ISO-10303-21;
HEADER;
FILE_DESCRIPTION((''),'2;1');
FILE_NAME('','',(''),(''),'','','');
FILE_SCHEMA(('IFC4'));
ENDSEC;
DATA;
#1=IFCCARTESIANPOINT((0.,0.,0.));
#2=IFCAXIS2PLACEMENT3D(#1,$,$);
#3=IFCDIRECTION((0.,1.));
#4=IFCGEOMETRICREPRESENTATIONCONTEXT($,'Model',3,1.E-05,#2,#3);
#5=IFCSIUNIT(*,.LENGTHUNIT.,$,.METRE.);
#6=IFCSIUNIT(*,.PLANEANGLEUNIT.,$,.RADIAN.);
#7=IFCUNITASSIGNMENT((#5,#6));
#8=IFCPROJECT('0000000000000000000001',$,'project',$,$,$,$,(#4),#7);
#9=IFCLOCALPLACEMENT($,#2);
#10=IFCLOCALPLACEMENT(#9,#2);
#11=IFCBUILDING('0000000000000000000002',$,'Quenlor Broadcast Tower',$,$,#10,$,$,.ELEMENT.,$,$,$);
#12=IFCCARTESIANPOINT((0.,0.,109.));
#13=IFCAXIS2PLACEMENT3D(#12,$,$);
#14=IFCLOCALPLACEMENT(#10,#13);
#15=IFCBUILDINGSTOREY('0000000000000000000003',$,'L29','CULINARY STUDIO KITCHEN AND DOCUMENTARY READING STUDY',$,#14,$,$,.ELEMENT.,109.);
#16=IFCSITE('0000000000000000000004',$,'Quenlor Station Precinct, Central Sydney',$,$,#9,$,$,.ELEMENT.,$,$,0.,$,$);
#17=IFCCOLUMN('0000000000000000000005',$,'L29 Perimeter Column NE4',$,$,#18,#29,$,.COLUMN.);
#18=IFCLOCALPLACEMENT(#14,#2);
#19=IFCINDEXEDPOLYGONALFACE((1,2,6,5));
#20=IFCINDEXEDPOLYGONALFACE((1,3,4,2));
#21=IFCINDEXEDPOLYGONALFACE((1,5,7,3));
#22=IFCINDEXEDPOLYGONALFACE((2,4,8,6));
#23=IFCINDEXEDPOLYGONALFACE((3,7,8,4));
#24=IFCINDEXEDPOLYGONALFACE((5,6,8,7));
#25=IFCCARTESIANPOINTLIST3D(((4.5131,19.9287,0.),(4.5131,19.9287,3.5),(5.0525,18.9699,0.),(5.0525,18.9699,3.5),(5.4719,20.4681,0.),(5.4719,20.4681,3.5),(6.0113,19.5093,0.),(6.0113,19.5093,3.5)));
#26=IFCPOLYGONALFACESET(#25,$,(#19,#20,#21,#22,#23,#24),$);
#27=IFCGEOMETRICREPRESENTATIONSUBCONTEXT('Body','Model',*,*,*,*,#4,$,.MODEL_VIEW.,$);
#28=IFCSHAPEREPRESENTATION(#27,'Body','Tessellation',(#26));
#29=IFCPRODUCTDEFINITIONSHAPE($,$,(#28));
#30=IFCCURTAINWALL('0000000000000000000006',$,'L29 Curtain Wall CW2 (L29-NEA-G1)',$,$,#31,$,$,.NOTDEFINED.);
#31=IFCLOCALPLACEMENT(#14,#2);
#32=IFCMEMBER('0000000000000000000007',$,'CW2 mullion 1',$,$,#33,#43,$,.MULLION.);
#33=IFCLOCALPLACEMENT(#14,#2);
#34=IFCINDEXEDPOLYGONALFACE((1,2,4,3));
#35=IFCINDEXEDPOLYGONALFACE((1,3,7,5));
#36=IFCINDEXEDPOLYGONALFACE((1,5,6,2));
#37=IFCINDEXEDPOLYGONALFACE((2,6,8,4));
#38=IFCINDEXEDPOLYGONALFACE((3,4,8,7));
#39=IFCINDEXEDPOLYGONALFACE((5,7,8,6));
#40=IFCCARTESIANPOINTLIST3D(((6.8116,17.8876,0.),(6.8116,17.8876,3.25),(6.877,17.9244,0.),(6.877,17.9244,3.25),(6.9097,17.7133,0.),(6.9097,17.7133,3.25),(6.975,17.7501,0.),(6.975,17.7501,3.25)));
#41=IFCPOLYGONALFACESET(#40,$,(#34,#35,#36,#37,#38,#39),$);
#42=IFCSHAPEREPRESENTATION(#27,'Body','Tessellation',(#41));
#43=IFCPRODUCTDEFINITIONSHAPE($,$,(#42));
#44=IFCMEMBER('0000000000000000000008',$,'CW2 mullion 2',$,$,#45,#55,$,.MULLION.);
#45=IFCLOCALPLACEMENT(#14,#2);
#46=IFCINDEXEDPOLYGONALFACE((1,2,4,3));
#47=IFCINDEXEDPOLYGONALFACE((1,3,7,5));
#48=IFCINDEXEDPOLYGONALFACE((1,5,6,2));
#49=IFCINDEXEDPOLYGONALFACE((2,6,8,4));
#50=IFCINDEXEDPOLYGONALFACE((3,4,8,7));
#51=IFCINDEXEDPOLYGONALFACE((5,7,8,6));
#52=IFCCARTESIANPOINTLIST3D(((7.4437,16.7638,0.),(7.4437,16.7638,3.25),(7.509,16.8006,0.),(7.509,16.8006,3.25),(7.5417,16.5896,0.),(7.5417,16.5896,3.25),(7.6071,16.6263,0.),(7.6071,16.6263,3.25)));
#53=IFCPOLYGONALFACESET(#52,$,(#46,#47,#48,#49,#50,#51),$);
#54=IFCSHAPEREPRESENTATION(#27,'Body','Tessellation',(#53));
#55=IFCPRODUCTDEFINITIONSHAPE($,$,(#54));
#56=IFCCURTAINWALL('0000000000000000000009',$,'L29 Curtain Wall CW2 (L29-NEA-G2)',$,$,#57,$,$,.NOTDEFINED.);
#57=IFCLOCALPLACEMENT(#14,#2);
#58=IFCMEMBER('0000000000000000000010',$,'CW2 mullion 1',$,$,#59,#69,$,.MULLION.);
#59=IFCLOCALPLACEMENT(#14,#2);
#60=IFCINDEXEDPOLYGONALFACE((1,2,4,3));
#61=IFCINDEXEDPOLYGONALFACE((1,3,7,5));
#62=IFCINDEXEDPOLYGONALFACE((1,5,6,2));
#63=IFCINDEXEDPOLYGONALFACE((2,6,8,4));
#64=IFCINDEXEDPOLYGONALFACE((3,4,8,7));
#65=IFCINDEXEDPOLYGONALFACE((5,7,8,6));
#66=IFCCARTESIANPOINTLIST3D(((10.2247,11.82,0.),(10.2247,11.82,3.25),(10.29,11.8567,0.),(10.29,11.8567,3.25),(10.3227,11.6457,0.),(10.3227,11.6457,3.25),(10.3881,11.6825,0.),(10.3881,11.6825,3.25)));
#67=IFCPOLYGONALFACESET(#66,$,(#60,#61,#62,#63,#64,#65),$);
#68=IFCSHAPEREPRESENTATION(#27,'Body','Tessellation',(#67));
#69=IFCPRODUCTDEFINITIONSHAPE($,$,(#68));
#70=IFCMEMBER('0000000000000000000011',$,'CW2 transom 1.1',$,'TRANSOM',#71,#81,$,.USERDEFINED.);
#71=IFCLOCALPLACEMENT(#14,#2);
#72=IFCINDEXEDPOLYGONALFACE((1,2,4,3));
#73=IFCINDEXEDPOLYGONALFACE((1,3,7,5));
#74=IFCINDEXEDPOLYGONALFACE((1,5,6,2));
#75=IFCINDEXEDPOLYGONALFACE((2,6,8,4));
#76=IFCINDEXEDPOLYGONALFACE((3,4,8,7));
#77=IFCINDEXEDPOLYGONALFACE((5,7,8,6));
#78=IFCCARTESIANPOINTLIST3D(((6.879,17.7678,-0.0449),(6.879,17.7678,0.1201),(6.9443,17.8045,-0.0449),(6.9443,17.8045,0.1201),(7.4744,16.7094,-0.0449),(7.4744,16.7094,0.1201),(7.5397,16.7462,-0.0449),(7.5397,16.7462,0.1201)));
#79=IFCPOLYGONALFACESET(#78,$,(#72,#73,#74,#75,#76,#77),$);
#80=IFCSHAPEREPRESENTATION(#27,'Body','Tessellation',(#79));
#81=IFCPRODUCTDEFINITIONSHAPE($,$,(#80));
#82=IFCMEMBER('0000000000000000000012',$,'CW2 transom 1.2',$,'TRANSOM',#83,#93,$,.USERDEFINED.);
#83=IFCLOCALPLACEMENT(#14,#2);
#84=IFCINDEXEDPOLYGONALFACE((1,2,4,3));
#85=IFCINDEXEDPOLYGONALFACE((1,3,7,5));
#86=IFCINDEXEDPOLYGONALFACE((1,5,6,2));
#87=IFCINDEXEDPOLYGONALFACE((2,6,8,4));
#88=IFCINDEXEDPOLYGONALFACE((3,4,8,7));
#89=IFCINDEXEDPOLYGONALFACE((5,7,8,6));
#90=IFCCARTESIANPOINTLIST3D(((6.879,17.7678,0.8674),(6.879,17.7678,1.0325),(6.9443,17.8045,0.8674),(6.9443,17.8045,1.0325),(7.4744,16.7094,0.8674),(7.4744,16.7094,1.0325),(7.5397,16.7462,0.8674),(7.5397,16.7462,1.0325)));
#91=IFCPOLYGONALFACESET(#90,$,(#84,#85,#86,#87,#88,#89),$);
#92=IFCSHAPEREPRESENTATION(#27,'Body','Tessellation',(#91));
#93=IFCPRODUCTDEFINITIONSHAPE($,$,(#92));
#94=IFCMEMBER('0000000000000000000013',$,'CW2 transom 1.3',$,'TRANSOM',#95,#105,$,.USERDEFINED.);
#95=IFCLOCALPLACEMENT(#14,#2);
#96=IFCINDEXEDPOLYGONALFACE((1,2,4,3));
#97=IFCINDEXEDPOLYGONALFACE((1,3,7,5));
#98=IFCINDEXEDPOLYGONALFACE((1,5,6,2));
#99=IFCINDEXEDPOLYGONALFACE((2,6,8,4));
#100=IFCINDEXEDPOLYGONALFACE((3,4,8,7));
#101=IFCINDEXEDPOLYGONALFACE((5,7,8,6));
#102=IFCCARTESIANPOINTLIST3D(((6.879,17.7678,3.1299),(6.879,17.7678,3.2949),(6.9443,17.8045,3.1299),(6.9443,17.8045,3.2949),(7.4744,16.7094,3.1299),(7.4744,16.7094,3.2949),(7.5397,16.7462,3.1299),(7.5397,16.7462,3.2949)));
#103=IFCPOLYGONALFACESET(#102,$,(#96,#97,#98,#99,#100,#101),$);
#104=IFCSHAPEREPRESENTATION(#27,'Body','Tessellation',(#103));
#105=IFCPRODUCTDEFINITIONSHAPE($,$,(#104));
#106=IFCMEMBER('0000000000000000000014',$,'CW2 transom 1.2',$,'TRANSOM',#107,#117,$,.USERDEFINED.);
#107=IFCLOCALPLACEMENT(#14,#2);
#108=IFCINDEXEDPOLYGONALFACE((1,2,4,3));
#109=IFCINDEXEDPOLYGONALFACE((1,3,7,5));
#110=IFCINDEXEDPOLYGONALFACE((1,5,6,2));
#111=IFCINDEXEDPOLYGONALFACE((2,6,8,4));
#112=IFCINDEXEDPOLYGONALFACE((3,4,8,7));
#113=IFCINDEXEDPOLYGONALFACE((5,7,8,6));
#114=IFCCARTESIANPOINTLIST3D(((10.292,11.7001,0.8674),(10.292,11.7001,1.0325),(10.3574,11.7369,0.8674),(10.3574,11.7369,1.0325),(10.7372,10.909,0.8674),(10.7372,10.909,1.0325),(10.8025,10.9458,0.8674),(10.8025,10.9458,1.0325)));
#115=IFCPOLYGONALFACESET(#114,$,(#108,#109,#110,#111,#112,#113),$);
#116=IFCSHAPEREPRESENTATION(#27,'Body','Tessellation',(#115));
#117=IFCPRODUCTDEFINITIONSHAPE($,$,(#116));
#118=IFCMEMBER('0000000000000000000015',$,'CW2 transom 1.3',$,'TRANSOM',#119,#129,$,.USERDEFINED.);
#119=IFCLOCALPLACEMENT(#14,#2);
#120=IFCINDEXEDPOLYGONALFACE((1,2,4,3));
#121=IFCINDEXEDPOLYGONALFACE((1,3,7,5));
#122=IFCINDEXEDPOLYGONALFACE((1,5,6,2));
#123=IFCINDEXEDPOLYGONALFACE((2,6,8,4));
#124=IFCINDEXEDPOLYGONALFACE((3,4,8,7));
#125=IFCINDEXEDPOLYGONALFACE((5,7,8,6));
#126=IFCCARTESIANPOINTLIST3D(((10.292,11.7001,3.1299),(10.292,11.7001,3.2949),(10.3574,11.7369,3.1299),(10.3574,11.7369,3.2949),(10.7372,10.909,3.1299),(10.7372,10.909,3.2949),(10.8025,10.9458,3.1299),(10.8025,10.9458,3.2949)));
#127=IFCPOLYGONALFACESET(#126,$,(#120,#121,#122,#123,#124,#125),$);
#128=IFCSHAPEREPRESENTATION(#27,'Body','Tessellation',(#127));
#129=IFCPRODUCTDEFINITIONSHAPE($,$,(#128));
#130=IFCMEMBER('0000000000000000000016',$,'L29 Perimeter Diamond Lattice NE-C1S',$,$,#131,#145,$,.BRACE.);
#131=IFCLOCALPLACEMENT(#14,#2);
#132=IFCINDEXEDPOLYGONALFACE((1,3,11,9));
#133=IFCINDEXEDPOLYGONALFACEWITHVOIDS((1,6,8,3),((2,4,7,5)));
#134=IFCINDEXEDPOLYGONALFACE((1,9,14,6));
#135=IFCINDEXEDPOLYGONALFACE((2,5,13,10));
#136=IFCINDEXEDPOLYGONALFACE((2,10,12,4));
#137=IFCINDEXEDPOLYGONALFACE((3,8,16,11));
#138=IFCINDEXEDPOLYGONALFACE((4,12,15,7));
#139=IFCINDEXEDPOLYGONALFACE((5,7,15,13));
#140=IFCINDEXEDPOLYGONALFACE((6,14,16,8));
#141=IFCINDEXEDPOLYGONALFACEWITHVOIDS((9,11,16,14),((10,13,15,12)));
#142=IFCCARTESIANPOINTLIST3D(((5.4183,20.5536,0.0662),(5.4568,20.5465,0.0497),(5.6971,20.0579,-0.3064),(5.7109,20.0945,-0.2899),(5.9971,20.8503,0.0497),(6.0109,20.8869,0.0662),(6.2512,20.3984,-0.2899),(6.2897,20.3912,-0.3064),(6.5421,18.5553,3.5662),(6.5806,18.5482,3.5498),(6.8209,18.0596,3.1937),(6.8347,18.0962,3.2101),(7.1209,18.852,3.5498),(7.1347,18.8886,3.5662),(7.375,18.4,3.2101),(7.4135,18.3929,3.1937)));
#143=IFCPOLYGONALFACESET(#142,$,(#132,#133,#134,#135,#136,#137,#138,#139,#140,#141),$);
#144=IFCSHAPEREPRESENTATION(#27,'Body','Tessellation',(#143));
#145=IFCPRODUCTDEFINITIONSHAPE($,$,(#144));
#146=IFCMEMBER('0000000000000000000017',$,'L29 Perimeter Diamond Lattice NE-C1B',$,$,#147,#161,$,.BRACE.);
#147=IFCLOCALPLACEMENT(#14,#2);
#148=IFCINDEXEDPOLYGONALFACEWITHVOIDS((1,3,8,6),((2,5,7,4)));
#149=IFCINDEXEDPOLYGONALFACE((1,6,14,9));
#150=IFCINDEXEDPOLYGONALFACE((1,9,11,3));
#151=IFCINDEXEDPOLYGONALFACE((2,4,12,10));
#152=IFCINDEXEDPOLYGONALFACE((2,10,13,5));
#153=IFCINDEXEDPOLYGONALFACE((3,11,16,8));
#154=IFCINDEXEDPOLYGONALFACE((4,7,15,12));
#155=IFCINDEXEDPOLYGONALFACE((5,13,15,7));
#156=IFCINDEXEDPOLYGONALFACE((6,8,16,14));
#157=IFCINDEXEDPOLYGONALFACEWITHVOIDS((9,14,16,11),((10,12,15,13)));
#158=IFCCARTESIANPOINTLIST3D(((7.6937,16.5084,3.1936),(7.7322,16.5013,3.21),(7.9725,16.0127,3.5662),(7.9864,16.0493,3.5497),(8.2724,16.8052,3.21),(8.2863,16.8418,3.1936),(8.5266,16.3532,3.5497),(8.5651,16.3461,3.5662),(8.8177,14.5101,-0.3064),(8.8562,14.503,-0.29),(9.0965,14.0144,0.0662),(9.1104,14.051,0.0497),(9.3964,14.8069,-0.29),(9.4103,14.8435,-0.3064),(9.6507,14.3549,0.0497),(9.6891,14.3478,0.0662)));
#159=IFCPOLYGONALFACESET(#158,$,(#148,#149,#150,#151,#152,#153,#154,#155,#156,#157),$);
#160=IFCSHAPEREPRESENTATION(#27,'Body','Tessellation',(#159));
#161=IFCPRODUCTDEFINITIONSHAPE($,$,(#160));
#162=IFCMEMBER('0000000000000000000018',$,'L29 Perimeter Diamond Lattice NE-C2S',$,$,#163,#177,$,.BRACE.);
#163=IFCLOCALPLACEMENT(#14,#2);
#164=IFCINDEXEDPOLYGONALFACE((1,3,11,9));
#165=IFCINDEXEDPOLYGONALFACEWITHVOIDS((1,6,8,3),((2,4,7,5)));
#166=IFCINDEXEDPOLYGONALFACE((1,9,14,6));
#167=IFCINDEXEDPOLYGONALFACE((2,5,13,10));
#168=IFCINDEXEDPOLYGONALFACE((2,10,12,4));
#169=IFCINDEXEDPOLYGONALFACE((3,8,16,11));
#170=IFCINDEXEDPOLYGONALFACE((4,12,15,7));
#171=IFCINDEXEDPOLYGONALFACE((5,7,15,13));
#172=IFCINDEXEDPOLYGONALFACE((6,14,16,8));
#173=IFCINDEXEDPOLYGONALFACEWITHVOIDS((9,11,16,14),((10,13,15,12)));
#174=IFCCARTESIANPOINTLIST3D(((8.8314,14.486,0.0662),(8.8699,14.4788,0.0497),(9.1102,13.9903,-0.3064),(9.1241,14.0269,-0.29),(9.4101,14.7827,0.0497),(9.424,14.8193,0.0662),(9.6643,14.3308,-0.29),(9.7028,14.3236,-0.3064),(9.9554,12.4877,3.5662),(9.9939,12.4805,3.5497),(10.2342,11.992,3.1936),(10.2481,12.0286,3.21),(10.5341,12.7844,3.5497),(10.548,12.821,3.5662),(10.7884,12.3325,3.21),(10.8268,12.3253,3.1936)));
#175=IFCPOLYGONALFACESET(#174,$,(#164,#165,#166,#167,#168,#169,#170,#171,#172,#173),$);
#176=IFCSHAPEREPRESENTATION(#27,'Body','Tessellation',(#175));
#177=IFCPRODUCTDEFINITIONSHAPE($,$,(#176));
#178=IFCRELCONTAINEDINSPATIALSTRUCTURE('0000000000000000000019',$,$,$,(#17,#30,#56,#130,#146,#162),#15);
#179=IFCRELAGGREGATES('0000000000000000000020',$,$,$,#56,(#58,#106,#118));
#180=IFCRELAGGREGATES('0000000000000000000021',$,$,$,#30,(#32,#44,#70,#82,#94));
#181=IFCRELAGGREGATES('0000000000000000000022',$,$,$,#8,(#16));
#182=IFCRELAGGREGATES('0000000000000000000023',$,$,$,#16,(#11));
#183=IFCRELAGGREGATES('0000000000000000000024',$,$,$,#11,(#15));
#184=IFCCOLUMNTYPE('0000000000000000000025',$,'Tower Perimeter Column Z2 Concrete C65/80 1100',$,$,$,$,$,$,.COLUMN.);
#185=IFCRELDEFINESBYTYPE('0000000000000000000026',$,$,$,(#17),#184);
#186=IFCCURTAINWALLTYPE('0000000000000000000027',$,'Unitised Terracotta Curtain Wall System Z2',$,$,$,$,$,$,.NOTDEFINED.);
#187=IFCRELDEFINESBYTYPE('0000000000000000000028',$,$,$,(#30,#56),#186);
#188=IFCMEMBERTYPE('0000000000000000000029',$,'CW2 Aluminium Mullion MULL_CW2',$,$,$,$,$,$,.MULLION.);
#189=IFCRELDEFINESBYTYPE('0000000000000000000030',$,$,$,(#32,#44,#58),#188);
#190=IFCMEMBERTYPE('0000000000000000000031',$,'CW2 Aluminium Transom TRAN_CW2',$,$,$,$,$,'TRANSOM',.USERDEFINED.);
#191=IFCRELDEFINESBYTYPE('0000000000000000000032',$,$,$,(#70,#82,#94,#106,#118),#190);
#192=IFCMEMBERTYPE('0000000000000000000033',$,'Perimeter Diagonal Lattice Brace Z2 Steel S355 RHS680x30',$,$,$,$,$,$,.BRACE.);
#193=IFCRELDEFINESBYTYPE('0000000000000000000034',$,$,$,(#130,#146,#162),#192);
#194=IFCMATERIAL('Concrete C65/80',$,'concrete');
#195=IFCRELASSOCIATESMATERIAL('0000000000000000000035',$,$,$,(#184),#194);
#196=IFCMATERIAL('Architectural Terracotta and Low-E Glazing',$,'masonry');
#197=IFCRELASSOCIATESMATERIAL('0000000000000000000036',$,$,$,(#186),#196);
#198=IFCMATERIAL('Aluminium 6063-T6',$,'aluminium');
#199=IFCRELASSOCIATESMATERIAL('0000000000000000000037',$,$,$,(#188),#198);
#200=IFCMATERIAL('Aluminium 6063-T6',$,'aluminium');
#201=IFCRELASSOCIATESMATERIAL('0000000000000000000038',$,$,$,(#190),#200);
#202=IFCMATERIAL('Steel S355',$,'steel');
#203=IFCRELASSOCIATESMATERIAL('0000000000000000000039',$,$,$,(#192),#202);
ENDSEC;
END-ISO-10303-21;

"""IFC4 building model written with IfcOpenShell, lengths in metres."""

from ifc_helpers import new_model, si_unit, direction, frame, origin, origin_2d, place, context, subcontext, project, spatial, rectangle, hollow_rectangle, extrude, material, material_profile, profile_set, type_object, element, aggregate, save


model = new_model("IFC4")

# Units and contexts
model_context = context("Model", 3, precision=1e-05, world=origin(), true_north=direction((0.0, 1.0)))
body_context = subcontext(model_context, "Body", "Model", "MODEL_VIEW")
ifc_project = project(units=[si_unit("LENGTHUNIT", "METRE"), si_unit("PLANEANGLEUNIT", "RADIAN")], contexts=[model_context])

# Site, building, storey
site_placement = place(None, origin())
site = spatial("IfcSite", under=ifc_project, at=site_placement, Name="Quenlor Station Precinct, Central Sydney", CompositionType="ELEMENT", RefElevation=0.0)
building_placement = place(site_placement, origin())
building = spatial("IfcBuilding", under=site, at=building_placement, Name="Quenlor Broadcast Tower", CompositionType="ELEMENT")
storey_placement = place(building_placement, frame((0.0, 0.0, 109.0)))
storey = spatial("IfcBuildingStorey", under=building, at=storey_placement, Name="L29", Description="CULINARY STUDIO KITCHEN AND DOCUMENTARY READING STUDY", CompositionType="ELEMENT", Elevation=109.0)

# Column
ifc_material_1 = material(Name="Concrete C65/80", Category="concrete")
ifc_material_profile_1 = material_profile(ifc_material_1, rectangle(XDim=1.1001, YDim=1.1001, at=origin_2d()))
ifc_profile_set_1 = profile_set([ifc_material_profile_1], Name="Concrete C65/80 RC1100x1100")
column_type = type_object("IfcColumnType", Name="Tower Perimeter Column Z2 Concrete C65/80 1100", PredefinedType="COLUMN", material=ifc_profile_set_1)
column_placement = place(storey_placement, frame((5.2622, 19.719, 0.0), z_axis=(0.0, 0.0, 1.0), x_axis=(0.871575, 0.490262, 0.0)))
element("IfcColumn", 1, at=column_placement, inside=storey, type_object=column_type, Name="L29 Perimeter Column NE4", PredefinedType="COLUMN", context=body_context, shape_type="SweptSolid", body=[
    extrude(rectangle(XDim=1.1001, YDim=1.1001, at=origin_2d()), origin(), (0.0, 0.0, 1.0), 3.5),
])

# Curtain wall, members
ifc_material_2 = material(Name="Architectural Terracotta and Low-E Glazing", Category="masonry")
curtain_wall_type = type_object("IfcCurtainWallType", Name="Unitised Terracotta Curtain Wall System Z2", PredefinedType="NOTDEFINED", material=ifc_material_2)
curtain_wall_1_placement = place(storey_placement, origin())
curtain_wall_1 = element("IfcCurtainWall", 2, at=curtain_wall_1_placement, inside=storey, type_object=curtain_wall_type, Name="L29 Curtain Wall CW2 (L29-NEA-G1)", PredefinedType="NOTDEFINED")
ifc_material_3 = material(Name="Aluminium 6063-T6", Category="aluminium")
ifc_material_profile_2 = material_profile(ifc_material_3, rectangle(XDim=0.075, YDim=0.2, at=origin_2d()))
ifc_profile_set_2 = profile_set([ifc_material_profile_2], Name="Aluminium 6063-T6 MULL75x200")
member_type_1 = type_object("IfcMemberType", Name="CW2 Aluminium Mullion MULL_CW2", PredefinedType="MULLION", material=ifc_profile_set_2)
member_1_placement = place(storey_placement, frame((6.8933, 17.8188, 0.0), z_axis=(0.0, 0.0, 1.0), x_axis=(0.871583, 0.490247, 0.0)))
member_1 = element("IfcMember", 3, at=member_1_placement, type_object=member_type_1, Name="CW2 mullion 1", PredefinedType="MULLION", context=body_context, shape_type="SweptSolid", body=[
    extrude(rectangle(XDim=0.075, YDim=0.2, at=origin_2d()), origin(), (0.0, 0.0, 1.0), 3.25),
])
member_2_placement = place(storey_placement, frame((7.5254, 16.6951, 0.0), z_axis=(0.0, 0.0, 1.0), x_axis=(0.871583, 0.490247, 0.0)))
member_2 = element("IfcMember", 4, at=member_2_placement, type_object=member_type_1, Name="CW2 mullion 2", PredefinedType="MULLION", context=body_context, shape_type="SweptSolid", body=[
    extrude(rectangle(XDim=0.075, YDim=0.2, at=origin_2d()), origin(), (0.0, 0.0, 1.0), 3.25),
])

# Curtain wall, member
curtain_wall_2_placement = place(storey_placement, origin())
curtain_wall_2 = element("IfcCurtainWall", 5, at=curtain_wall_2_placement, inside=storey, type_object=curtain_wall_type, Name="L29 Curtain Wall CW2 (L29-NEA-G2)", PredefinedType="NOTDEFINED")
member_3_placement = place(storey_placement, frame((10.3064, 11.7512, 0.0), z_axis=(0.0, 0.0, 1.0), x_axis=(0.871581, 0.490252, 0.0)))
member_3 = element("IfcMember", 6, at=member_3_placement, type_object=member_type_1, Name="CW2 mullion 1", PredefinedType="MULLION", context=body_context, shape_type="SweptSolid", body=[
    extrude(rectangle(XDim=0.075, YDim=0.2, at=origin_2d()), origin(), (0.0, 0.0, 1.0), 3.25),
])

# Members
ifc_material_4 = material(Name="Aluminium 6063-T6", Category="aluminium")
ifc_material_profile_3 = material_profile(ifc_material_4, rectangle(XDim=0.075, YDim=0.165, at=origin_2d()))
ifc_profile_set_3 = profile_set([ifc_material_profile_3], Name="Aluminium 6063-T6 TRAN75x165")
member_type_2 = type_object("IfcMemberType", Name="CW2 Aluminium Transom TRAN_CW2", ElementType="TRANSOM", PredefinedType="USERDEFINED", material=ifc_profile_set_3)
member_4_placement = place(storey_placement, frame((6.9116, 17.7861, 0.0376), z_axis=(0.490347, -0.871527, 0.0), x_axis=(0.871527, 0.490347, 0.0)))
member_4 = element("IfcMember", 7, at=member_4_placement, type_object=member_type_2, Name="CW2 transom 1.1", ObjectType="TRANSOM", PredefinedType="USERDEFINED", context=body_context, shape_type="SweptSolid", body=[
    extrude(rectangle(XDim=0.075, YDim=0.165, at=origin_2d()), origin(), (0.0, 0.0, 1.0), 1.2144),
])
member_5_placement = place(storey_placement, frame((6.9116, 17.7861, 0.95), z_axis=(0.490347, -0.871527, 0.0), x_axis=(0.871527, 0.490347, 0.0)))
member_5 = element("IfcMember", 8, at=member_5_placement, type_object=member_type_2, Name="CW2 transom 1.2", ObjectType="TRANSOM", PredefinedType="USERDEFINED", context=body_context, shape_type="SweptSolid", body=[
    extrude(rectangle(XDim=0.075, YDim=0.165, at=origin_2d()), origin(), (0.0, 0.0, 1.0), 1.2144),
])
member_6_placement = place(storey_placement, frame((6.9116, 17.7861, 3.2124), z_axis=(0.490347, -0.871527, 0.0), x_axis=(0.871527, 0.490347, 0.0)))
member_6 = element("IfcMember", 9, at=member_6_placement, type_object=member_type_2, Name="CW2 transom 1.3", ObjectType="TRANSOM", PredefinedType="USERDEFINED", context=body_context, shape_type="SweptSolid", body=[
    extrude(rectangle(XDim=0.075, YDim=0.165, at=origin_2d()), origin(), (0.0, 0.0, 1.0), 1.2144),
])
member_7_placement = place(storey_placement, frame((10.3247, 11.7185, 0.95), z_axis=(0.490363, -0.871518, 0.0), x_axis=(0.871518, 0.490363, 0.0)))
member_7 = element("IfcMember", 10, at=member_7_placement, type_object=member_type_2, Name="CW2 transom 1.2", ObjectType="TRANSOM", PredefinedType="USERDEFINED", context=body_context, shape_type="SweptSolid", body=[
    extrude(rectangle(XDim=0.075, YDim=0.165, at=origin_2d()), origin(), (0.0, 0.0, 1.0), 0.9077),
])
member_8_placement = place(storey_placement, frame((10.3247, 11.7185, 3.2124), z_axis=(0.490363, -0.871518, 0.0), x_axis=(0.871518, 0.490363, 0.0)))
member_8 = element("IfcMember", 11, at=member_8_placement, type_object=member_type_2, Name="CW2 transom 1.3", ObjectType="TRANSOM", PredefinedType="USERDEFINED", context=body_context, shape_type="SweptSolid", body=[
    extrude(rectangle(XDim=0.075, YDim=0.165, at=origin_2d()), origin(), (0.0, 0.0, 1.0), 0.9077),
])
aggregate(curtain_wall_2, [member_3, member_7, member_8])

# Members
ifc_material_5 = material(Name="Steel S355", Category="steel")
ifc_material_profile_4 = material_profile(ifc_material_5, hollow_rectangle(XDim=0.6799, YDim=0.6799, WallThickness=0.03, at=origin_2d()))
ifc_profile_set_4 = profile_set([ifc_material_profile_4], Name="Steel S355 RHS680x680x30")
member_type_3 = type_object("IfcMemberType", Name="Perimeter Diagonal Lattice Brace Z2 Steel S355 RHS680x30", PredefinedType="BRACE", material=ifc_profile_set_4)
for number, where, z_axis, x_axis, name in (
    (12, (5.854, 20.4724, -0.1201), (0.268588, -0.4776, 0.836516), (0.871624, 0.490175, 0.0), "L29 Perimeter Diamond Lattice NE-C1S"),
    (13, (9.2534, 14.429, -0.1201), (-0.268642, 0.477593, 0.836502), (-0.871578, -0.490256, 0.0), "L29 Perimeter Diamond Lattice NE-C1B"),
    (14, (9.2671, 14.4048, -0.1201), (0.268642, -0.477593, 0.836502), (0.871578, 0.490256, 0.0), "L29 Perimeter Diamond Lattice NE-C2S"),
):
    element("IfcMember", number, at=place(storey_placement, frame(where, z_axis=z_axis, x_axis=x_axis)), inside=storey, type_object=member_type_3, Name=name, PredefinedType="BRACE", context=body_context, shape_type="SweptSolid", body=[
        extrude(hollow_rectangle(XDim=0.6799, YDim=0.6799, WallThickness=0.03, at=origin_2d()), origin(), (0.0, 0.0, 1.0), 4.1841),
    ])

aggregate(curtain_wall_1, [member_1, member_2, member_4, member_5, member_6])

save(model, "model.ifc")
